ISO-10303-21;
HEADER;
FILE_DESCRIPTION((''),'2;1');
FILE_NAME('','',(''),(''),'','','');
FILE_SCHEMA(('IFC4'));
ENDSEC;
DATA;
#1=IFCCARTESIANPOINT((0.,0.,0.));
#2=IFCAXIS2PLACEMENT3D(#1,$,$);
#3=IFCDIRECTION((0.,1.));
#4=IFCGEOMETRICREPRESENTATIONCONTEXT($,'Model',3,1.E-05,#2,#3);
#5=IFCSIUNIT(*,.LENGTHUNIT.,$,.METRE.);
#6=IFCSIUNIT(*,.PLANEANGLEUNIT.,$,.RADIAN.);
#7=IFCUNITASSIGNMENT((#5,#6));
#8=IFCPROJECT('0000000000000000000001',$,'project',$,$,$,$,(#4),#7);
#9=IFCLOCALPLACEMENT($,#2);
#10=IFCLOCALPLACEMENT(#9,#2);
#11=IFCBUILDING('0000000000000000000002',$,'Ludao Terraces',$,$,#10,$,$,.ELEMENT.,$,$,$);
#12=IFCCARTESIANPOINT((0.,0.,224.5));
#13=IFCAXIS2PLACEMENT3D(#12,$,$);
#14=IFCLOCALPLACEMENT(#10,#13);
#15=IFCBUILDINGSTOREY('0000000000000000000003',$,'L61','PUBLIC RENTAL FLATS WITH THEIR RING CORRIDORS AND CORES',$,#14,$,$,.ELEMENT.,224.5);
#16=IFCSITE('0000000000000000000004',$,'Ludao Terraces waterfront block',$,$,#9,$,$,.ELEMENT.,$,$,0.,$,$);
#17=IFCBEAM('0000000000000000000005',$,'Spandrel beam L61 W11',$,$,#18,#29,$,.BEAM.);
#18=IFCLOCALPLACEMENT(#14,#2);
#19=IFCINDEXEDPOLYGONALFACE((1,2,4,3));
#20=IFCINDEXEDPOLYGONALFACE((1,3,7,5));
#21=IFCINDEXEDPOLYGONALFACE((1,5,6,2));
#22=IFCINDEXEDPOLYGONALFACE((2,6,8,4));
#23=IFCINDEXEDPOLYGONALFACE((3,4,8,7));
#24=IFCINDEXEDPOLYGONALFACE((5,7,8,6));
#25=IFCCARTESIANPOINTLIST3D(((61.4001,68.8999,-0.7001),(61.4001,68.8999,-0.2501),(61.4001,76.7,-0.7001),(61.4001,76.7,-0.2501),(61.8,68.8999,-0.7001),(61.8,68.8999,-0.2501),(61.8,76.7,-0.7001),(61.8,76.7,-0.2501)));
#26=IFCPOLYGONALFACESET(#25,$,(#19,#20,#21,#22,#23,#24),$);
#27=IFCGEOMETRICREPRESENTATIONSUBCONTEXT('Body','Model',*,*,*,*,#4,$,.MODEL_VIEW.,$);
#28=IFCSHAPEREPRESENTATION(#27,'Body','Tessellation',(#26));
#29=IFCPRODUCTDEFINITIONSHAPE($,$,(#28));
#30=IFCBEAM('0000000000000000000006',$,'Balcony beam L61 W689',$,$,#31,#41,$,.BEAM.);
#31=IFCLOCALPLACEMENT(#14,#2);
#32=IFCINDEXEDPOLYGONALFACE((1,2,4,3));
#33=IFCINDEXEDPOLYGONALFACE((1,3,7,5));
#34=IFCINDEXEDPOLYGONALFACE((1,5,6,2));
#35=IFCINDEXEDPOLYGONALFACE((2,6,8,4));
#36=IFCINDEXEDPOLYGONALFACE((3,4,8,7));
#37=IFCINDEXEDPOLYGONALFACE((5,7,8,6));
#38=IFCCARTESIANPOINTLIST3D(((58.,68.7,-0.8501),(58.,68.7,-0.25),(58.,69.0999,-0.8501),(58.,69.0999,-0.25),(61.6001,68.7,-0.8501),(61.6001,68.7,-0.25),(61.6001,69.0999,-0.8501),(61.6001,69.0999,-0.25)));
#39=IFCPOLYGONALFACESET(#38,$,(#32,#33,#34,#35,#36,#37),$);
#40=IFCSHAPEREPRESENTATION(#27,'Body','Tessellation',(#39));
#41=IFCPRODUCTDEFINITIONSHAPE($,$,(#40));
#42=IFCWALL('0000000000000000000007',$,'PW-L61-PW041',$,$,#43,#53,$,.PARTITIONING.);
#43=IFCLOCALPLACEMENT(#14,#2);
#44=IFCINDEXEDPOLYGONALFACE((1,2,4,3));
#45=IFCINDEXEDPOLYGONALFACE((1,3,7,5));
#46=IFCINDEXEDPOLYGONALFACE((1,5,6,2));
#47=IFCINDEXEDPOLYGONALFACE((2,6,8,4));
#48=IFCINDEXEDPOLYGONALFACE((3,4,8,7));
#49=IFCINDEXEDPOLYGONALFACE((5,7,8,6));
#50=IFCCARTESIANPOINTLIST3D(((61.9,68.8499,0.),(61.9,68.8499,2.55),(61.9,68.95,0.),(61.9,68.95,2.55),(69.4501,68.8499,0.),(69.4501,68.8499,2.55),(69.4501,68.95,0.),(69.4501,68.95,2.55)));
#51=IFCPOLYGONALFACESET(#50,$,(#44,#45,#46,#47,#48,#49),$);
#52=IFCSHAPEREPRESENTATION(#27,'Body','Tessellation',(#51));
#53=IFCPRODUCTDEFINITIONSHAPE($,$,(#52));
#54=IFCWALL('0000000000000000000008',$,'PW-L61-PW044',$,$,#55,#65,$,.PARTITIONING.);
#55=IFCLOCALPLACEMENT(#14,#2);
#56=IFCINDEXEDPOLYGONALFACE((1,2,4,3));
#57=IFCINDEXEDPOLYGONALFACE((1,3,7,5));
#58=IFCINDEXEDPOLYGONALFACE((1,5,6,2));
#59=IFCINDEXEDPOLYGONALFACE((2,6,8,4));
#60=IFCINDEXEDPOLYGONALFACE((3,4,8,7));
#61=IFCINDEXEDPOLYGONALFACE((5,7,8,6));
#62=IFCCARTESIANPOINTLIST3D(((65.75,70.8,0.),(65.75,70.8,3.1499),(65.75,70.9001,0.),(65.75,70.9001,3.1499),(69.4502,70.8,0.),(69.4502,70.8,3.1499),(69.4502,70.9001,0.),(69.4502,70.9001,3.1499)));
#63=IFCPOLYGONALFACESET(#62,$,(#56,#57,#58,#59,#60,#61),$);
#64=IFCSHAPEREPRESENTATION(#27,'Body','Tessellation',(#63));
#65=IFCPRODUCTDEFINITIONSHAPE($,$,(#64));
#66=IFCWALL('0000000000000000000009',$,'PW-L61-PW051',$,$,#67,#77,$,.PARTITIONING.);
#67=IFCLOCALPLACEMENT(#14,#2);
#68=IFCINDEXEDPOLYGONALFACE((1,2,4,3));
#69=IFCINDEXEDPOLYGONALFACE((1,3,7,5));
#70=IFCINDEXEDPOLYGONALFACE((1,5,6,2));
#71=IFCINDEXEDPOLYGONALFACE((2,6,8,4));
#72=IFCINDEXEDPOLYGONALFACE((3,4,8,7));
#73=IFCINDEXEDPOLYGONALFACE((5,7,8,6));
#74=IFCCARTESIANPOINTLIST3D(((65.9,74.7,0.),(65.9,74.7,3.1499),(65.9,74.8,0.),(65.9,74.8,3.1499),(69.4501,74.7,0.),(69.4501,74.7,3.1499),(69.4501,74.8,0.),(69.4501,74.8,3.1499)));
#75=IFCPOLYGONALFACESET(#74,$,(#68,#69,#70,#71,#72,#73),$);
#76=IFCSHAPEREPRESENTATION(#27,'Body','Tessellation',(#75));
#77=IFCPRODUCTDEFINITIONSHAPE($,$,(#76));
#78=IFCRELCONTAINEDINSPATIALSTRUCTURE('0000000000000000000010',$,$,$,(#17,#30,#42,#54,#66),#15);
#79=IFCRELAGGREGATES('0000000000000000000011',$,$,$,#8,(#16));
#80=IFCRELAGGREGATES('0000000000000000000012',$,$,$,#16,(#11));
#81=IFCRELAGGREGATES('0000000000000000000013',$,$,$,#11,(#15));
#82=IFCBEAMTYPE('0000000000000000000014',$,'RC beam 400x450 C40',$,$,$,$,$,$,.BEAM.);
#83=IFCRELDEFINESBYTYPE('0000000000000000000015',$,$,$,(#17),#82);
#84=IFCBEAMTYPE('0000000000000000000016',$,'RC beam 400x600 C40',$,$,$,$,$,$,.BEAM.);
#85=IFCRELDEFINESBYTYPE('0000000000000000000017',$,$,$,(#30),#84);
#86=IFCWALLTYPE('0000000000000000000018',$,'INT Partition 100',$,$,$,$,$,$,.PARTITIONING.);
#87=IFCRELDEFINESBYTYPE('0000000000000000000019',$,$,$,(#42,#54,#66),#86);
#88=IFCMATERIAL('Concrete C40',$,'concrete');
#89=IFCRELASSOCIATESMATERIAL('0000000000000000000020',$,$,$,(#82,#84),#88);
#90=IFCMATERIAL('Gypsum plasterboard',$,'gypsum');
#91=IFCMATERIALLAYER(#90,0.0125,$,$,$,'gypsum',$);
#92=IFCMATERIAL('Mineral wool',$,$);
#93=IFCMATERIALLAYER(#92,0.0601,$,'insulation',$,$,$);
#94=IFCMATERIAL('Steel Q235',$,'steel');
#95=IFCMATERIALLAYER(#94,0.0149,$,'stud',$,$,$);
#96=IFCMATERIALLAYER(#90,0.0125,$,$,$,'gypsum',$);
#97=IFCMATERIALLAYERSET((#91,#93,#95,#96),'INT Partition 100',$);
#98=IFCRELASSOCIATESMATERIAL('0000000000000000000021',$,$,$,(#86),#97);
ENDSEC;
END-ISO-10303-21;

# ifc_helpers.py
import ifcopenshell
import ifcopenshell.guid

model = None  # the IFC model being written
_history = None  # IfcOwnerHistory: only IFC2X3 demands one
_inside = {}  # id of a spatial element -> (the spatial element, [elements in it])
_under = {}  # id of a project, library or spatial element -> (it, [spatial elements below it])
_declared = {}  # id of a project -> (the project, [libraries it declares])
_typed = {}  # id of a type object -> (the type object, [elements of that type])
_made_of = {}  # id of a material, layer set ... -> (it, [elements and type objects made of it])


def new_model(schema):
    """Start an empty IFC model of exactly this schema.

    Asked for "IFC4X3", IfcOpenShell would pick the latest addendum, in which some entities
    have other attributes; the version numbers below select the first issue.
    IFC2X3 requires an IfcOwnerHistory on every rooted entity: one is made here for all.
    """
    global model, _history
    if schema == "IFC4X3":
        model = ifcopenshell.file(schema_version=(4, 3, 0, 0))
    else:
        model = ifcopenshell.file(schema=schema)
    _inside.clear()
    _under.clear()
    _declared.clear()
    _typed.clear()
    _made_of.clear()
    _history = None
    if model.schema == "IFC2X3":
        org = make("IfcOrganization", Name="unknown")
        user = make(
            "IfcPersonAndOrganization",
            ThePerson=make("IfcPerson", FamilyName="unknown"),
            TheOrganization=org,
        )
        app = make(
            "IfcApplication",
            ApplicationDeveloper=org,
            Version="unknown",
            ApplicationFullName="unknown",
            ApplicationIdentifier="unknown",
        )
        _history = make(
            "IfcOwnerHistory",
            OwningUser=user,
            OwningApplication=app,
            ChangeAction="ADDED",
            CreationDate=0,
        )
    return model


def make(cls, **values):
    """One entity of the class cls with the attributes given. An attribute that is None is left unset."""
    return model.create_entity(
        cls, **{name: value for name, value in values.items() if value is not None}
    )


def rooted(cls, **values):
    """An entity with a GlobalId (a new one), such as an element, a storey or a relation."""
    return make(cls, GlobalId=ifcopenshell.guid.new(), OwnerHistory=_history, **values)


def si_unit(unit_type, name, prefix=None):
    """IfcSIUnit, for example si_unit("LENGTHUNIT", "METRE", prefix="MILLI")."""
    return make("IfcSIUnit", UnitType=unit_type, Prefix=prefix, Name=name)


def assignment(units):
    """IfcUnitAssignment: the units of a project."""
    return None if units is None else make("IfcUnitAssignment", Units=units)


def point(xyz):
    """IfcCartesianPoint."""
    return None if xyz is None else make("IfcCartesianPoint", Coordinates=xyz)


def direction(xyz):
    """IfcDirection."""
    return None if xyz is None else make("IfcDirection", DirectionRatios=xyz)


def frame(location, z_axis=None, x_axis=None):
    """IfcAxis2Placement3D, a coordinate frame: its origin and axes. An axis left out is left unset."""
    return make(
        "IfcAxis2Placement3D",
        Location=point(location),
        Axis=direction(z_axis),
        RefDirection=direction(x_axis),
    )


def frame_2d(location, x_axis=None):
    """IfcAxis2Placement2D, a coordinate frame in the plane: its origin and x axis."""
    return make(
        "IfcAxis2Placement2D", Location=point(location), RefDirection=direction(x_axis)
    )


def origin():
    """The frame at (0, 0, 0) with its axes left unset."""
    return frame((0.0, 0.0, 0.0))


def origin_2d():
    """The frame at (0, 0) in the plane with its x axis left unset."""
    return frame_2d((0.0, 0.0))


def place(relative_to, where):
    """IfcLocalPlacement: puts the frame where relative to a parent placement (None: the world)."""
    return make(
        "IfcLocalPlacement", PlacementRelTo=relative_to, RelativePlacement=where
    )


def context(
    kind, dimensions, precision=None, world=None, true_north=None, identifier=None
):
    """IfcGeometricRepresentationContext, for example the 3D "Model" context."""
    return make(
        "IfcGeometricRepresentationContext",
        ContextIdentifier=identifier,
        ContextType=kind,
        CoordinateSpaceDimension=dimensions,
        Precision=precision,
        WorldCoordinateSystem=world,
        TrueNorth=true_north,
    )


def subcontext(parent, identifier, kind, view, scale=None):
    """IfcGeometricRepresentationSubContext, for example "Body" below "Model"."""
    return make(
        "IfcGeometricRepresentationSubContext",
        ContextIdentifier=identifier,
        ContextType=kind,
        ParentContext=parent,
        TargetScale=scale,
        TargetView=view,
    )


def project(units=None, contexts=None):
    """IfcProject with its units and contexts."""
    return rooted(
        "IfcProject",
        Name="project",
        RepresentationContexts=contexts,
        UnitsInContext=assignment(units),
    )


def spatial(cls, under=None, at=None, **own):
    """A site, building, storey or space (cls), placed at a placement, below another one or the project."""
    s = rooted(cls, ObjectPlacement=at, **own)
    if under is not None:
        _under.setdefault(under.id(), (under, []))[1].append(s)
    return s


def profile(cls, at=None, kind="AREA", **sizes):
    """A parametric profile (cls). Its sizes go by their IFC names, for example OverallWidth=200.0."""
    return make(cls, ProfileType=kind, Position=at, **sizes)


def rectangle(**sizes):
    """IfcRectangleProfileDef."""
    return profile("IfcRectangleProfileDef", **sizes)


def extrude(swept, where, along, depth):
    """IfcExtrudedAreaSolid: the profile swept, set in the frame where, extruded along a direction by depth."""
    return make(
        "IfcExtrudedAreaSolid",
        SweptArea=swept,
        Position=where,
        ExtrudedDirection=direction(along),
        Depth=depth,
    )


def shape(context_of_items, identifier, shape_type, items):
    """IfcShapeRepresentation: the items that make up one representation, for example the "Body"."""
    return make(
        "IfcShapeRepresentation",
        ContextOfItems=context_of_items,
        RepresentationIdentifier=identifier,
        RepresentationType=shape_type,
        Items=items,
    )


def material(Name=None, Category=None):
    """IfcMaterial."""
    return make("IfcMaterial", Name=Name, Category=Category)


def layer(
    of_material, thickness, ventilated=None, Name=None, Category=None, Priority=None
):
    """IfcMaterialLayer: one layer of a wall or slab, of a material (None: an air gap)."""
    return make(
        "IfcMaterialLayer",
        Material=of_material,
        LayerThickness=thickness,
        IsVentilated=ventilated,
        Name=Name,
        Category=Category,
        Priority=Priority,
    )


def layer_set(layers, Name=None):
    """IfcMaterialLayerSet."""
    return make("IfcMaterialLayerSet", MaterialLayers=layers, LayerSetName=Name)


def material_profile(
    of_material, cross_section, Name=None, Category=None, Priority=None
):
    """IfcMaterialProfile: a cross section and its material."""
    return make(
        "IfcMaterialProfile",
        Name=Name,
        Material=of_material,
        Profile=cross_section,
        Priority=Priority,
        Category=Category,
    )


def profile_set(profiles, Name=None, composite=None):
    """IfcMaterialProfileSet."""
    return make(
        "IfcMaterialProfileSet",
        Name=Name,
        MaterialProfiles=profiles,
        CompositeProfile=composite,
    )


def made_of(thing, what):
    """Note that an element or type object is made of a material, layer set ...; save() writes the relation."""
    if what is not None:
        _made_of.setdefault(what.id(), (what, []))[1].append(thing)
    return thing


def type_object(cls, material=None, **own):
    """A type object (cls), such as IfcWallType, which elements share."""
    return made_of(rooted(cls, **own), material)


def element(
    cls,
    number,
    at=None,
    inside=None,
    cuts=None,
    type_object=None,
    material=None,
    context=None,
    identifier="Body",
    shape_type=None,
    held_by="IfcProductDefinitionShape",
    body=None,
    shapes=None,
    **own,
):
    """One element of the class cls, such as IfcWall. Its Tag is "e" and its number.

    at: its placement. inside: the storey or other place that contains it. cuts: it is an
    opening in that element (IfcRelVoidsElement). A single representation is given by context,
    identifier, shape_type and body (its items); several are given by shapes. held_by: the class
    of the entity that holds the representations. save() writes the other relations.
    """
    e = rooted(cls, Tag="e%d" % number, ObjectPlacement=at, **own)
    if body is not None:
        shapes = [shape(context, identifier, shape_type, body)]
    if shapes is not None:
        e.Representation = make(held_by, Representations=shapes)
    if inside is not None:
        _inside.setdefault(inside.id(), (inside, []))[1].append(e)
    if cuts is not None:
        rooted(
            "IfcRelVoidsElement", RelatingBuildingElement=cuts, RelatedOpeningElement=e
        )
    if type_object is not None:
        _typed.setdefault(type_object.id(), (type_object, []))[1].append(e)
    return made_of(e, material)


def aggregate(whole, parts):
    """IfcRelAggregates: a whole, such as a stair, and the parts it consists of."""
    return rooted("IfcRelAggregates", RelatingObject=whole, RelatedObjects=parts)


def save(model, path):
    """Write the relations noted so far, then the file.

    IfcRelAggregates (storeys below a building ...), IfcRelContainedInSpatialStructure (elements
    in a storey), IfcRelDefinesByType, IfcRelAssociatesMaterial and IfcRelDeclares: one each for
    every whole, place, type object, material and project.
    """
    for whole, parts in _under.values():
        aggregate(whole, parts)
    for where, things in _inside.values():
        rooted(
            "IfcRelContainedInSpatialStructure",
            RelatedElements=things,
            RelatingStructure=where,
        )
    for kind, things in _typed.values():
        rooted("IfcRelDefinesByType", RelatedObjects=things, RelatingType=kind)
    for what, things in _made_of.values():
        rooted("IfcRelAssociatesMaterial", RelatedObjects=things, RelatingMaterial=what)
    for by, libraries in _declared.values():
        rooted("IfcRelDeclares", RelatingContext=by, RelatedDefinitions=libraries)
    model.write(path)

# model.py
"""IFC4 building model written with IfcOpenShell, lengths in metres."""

from ifc_helpers import new_model, si_unit, direction, frame, frame_2d, origin, origin_2d, place, context, subcontext, project, spatial, rectangle, extrude, material, layer, layer_set, material_profile, profile_set, type_object, element, save


model = new_model("IFC4")

# Units and contexts
model_context = context("Model", 3, precision=1e-05, world=origin(), true_north=direction((0.0, 1.0)))
body_context = subcontext(model_context, "Body", "Model", "MODEL_VIEW")
ifc_project = project(units=[si_unit("LENGTHUNIT", "METRE"), si_unit("PLANEANGLEUNIT", "RADIAN")], contexts=[model_context])

# Site, building, storey
site_placement = place(None, origin())
site = spatial("IfcSite", under=ifc_project, at=site_placement, Name="Ludao Terraces waterfront block", CompositionType="ELEMENT", RefElevation=0.0)
building_placement = place(site_placement, origin())
building = spatial("IfcBuilding", under=site, at=building_placement, Name="Ludao Terraces", CompositionType="ELEMENT")
storey_placement = place(building_placement, frame((0.0, 0.0, 224.5)))
storey = spatial("IfcBuildingStorey", under=building, at=storey_placement, Name="L61", Description="PUBLIC RENTAL FLATS WITH THEIR RING CORRIDORS AND CORES", CompositionType="ELEMENT", Elevation=224.5)

# Beams
ifc_material_1 = material(Name="Concrete C40", Category="concrete")
ifc_material_profile_1 = material_profile(ifc_material_1, rectangle(XDim=0.3999, YDim=0.45, at=origin_2d()), Name="400 X 450")
ifc_profile_set_1 = profile_set([ifc_material_profile_1], Name="Concrete C40")
beam_type_1 = type_object("IfcBeamType", Name="RC beam 400x450 C40", PredefinedType="BEAM", material=ifc_profile_set_1)
beam_1_placement = place(storey_placement, frame((61.6001, 68.8999, -0.4751), z_axis=(0.0, 1.0, 0.0), x_axis=(-1.0, 0.0, 0.0)))
element("IfcBeam", 1, at=beam_1_placement, inside=storey, type_object=beam_type_1, Name="Spandrel beam L61 W11", PredefinedType="BEAM", context=body_context, shape_type="SweptSolid", body=[
    extrude(rectangle(XDim=0.3999, YDim=0.45, at=origin_2d()), origin(), (0.0, 0.0, 1.0), 7.8),
])
ifc_material_profile_2 = material_profile(ifc_material_1, rectangle(XDim=0.3999, YDim=0.6001, at=origin_2d()), Name="400 X 600")
ifc_profile_set_2 = profile_set([ifc_material_profile_2], Name="Concrete C40")
beam_type_2 = type_object("IfcBeamType", Name="RC beam 400x600 C40", PredefinedType="BEAM", material=ifc_profile_set_2)
beam_2_placement = place(storey_placement, frame((61.6001, 68.8999, -0.55), z_axis=(-1.0, 0.0, 0.0), x_axis=(0.0, -1.0, 0.0)))
element("IfcBeam", 2, at=beam_2_placement, inside=storey, type_object=beam_type_2, Name="Balcony beam L61 W689", PredefinedType="BEAM", context=body_context, shape_type="SweptSolid", body=[
    extrude(rectangle(XDim=0.3999, YDim=0.6001, at=origin_2d()), origin(), (0.0, 0.0, 1.0), 3.6001),
])

# Shared definitions
ifc_material_2 = material(Name="Mineral wool")

# Walls
ifc_material_3 = material(Name="Gypsum plasterboard", Category="gypsum")
ifc_layer_1 = layer(ifc_material_3, 0.0125, Category="gypsum")
ifc_layer_2 = layer(ifc_material_2, 0.0601, Name="insulation")
ifc_material_4 = material(Name="Steel Q235", Category="steel")
ifc_layer_3 = layer(ifc_material_4, 0.0149, Name="stud")
ifc_layer_4 = layer(ifc_material_3, 0.0125, Category="gypsum")
ifc_layer_set_1 = layer_set([ifc_layer_1, ifc_layer_2, ifc_layer_3, ifc_layer_4], Name="INT Partition 100")
wall_type_1 = type_object("IfcWallType", Name="INT Partition 100", PredefinedType="PARTITIONING", material=ifc_layer_set_1)
wall_1_placement = place(storey_placement, frame((61.9001, 68.8999, 0.0), z_axis=(0.0, 0.0, 1.0), x_axis=(1.0, 0.0, 0.0)))
element("IfcWall", 3, at=wall_1_placement, inside=storey, type_object=wall_type_1, Name="PW-L61-PW041", PredefinedType="PARTITIONING", context=body_context, shape_type="SweptSolid", body=[
    extrude(rectangle(XDim=7.55, YDim=0.1001, at=frame_2d((3.7749, 0.0))), origin(), (0.0, 0.0, 1.0), 2.55),
])
wall_2_placement = place(storey_placement, frame((65.75, 70.8501, 0.0), z_axis=(0.0, 0.0, 1.0), x_axis=(1.0, 0.0, 0.0)))
element("IfcWall", 4, at=wall_2_placement, inside=storey, type_object=wall_type_1, Name="PW-L61-PW044", PredefinedType="PARTITIONING", context=body_context, shape_type="SweptSolid", body=[
    extrude(rectangle(XDim=3.7002, YDim=0.1001, at=frame_2d((1.8501, 0.0))), origin(), (0.0, 0.0, 1.0), 3.1499),
])
wall_3_placement = place(storey_placement, frame((65.9001, 74.75, 0.0), z_axis=(0.0, 0.0, 1.0), x_axis=(1.0, 0.0, 0.0)))
element("IfcWall", 5, at=wall_3_placement, inside=storey, type_object=wall_type_1, Name="PW-L61-PW051", PredefinedType="PARTITIONING", context=body_context, shape_type="SweptSolid", body=[
    extrude(rectangle(XDim=3.55, YDim=0.1001, at=frame_2d((1.7749, 0.0))), origin(), (0.0, 0.0, 1.0), 3.1499),
])

save(model, "model.ifc")
